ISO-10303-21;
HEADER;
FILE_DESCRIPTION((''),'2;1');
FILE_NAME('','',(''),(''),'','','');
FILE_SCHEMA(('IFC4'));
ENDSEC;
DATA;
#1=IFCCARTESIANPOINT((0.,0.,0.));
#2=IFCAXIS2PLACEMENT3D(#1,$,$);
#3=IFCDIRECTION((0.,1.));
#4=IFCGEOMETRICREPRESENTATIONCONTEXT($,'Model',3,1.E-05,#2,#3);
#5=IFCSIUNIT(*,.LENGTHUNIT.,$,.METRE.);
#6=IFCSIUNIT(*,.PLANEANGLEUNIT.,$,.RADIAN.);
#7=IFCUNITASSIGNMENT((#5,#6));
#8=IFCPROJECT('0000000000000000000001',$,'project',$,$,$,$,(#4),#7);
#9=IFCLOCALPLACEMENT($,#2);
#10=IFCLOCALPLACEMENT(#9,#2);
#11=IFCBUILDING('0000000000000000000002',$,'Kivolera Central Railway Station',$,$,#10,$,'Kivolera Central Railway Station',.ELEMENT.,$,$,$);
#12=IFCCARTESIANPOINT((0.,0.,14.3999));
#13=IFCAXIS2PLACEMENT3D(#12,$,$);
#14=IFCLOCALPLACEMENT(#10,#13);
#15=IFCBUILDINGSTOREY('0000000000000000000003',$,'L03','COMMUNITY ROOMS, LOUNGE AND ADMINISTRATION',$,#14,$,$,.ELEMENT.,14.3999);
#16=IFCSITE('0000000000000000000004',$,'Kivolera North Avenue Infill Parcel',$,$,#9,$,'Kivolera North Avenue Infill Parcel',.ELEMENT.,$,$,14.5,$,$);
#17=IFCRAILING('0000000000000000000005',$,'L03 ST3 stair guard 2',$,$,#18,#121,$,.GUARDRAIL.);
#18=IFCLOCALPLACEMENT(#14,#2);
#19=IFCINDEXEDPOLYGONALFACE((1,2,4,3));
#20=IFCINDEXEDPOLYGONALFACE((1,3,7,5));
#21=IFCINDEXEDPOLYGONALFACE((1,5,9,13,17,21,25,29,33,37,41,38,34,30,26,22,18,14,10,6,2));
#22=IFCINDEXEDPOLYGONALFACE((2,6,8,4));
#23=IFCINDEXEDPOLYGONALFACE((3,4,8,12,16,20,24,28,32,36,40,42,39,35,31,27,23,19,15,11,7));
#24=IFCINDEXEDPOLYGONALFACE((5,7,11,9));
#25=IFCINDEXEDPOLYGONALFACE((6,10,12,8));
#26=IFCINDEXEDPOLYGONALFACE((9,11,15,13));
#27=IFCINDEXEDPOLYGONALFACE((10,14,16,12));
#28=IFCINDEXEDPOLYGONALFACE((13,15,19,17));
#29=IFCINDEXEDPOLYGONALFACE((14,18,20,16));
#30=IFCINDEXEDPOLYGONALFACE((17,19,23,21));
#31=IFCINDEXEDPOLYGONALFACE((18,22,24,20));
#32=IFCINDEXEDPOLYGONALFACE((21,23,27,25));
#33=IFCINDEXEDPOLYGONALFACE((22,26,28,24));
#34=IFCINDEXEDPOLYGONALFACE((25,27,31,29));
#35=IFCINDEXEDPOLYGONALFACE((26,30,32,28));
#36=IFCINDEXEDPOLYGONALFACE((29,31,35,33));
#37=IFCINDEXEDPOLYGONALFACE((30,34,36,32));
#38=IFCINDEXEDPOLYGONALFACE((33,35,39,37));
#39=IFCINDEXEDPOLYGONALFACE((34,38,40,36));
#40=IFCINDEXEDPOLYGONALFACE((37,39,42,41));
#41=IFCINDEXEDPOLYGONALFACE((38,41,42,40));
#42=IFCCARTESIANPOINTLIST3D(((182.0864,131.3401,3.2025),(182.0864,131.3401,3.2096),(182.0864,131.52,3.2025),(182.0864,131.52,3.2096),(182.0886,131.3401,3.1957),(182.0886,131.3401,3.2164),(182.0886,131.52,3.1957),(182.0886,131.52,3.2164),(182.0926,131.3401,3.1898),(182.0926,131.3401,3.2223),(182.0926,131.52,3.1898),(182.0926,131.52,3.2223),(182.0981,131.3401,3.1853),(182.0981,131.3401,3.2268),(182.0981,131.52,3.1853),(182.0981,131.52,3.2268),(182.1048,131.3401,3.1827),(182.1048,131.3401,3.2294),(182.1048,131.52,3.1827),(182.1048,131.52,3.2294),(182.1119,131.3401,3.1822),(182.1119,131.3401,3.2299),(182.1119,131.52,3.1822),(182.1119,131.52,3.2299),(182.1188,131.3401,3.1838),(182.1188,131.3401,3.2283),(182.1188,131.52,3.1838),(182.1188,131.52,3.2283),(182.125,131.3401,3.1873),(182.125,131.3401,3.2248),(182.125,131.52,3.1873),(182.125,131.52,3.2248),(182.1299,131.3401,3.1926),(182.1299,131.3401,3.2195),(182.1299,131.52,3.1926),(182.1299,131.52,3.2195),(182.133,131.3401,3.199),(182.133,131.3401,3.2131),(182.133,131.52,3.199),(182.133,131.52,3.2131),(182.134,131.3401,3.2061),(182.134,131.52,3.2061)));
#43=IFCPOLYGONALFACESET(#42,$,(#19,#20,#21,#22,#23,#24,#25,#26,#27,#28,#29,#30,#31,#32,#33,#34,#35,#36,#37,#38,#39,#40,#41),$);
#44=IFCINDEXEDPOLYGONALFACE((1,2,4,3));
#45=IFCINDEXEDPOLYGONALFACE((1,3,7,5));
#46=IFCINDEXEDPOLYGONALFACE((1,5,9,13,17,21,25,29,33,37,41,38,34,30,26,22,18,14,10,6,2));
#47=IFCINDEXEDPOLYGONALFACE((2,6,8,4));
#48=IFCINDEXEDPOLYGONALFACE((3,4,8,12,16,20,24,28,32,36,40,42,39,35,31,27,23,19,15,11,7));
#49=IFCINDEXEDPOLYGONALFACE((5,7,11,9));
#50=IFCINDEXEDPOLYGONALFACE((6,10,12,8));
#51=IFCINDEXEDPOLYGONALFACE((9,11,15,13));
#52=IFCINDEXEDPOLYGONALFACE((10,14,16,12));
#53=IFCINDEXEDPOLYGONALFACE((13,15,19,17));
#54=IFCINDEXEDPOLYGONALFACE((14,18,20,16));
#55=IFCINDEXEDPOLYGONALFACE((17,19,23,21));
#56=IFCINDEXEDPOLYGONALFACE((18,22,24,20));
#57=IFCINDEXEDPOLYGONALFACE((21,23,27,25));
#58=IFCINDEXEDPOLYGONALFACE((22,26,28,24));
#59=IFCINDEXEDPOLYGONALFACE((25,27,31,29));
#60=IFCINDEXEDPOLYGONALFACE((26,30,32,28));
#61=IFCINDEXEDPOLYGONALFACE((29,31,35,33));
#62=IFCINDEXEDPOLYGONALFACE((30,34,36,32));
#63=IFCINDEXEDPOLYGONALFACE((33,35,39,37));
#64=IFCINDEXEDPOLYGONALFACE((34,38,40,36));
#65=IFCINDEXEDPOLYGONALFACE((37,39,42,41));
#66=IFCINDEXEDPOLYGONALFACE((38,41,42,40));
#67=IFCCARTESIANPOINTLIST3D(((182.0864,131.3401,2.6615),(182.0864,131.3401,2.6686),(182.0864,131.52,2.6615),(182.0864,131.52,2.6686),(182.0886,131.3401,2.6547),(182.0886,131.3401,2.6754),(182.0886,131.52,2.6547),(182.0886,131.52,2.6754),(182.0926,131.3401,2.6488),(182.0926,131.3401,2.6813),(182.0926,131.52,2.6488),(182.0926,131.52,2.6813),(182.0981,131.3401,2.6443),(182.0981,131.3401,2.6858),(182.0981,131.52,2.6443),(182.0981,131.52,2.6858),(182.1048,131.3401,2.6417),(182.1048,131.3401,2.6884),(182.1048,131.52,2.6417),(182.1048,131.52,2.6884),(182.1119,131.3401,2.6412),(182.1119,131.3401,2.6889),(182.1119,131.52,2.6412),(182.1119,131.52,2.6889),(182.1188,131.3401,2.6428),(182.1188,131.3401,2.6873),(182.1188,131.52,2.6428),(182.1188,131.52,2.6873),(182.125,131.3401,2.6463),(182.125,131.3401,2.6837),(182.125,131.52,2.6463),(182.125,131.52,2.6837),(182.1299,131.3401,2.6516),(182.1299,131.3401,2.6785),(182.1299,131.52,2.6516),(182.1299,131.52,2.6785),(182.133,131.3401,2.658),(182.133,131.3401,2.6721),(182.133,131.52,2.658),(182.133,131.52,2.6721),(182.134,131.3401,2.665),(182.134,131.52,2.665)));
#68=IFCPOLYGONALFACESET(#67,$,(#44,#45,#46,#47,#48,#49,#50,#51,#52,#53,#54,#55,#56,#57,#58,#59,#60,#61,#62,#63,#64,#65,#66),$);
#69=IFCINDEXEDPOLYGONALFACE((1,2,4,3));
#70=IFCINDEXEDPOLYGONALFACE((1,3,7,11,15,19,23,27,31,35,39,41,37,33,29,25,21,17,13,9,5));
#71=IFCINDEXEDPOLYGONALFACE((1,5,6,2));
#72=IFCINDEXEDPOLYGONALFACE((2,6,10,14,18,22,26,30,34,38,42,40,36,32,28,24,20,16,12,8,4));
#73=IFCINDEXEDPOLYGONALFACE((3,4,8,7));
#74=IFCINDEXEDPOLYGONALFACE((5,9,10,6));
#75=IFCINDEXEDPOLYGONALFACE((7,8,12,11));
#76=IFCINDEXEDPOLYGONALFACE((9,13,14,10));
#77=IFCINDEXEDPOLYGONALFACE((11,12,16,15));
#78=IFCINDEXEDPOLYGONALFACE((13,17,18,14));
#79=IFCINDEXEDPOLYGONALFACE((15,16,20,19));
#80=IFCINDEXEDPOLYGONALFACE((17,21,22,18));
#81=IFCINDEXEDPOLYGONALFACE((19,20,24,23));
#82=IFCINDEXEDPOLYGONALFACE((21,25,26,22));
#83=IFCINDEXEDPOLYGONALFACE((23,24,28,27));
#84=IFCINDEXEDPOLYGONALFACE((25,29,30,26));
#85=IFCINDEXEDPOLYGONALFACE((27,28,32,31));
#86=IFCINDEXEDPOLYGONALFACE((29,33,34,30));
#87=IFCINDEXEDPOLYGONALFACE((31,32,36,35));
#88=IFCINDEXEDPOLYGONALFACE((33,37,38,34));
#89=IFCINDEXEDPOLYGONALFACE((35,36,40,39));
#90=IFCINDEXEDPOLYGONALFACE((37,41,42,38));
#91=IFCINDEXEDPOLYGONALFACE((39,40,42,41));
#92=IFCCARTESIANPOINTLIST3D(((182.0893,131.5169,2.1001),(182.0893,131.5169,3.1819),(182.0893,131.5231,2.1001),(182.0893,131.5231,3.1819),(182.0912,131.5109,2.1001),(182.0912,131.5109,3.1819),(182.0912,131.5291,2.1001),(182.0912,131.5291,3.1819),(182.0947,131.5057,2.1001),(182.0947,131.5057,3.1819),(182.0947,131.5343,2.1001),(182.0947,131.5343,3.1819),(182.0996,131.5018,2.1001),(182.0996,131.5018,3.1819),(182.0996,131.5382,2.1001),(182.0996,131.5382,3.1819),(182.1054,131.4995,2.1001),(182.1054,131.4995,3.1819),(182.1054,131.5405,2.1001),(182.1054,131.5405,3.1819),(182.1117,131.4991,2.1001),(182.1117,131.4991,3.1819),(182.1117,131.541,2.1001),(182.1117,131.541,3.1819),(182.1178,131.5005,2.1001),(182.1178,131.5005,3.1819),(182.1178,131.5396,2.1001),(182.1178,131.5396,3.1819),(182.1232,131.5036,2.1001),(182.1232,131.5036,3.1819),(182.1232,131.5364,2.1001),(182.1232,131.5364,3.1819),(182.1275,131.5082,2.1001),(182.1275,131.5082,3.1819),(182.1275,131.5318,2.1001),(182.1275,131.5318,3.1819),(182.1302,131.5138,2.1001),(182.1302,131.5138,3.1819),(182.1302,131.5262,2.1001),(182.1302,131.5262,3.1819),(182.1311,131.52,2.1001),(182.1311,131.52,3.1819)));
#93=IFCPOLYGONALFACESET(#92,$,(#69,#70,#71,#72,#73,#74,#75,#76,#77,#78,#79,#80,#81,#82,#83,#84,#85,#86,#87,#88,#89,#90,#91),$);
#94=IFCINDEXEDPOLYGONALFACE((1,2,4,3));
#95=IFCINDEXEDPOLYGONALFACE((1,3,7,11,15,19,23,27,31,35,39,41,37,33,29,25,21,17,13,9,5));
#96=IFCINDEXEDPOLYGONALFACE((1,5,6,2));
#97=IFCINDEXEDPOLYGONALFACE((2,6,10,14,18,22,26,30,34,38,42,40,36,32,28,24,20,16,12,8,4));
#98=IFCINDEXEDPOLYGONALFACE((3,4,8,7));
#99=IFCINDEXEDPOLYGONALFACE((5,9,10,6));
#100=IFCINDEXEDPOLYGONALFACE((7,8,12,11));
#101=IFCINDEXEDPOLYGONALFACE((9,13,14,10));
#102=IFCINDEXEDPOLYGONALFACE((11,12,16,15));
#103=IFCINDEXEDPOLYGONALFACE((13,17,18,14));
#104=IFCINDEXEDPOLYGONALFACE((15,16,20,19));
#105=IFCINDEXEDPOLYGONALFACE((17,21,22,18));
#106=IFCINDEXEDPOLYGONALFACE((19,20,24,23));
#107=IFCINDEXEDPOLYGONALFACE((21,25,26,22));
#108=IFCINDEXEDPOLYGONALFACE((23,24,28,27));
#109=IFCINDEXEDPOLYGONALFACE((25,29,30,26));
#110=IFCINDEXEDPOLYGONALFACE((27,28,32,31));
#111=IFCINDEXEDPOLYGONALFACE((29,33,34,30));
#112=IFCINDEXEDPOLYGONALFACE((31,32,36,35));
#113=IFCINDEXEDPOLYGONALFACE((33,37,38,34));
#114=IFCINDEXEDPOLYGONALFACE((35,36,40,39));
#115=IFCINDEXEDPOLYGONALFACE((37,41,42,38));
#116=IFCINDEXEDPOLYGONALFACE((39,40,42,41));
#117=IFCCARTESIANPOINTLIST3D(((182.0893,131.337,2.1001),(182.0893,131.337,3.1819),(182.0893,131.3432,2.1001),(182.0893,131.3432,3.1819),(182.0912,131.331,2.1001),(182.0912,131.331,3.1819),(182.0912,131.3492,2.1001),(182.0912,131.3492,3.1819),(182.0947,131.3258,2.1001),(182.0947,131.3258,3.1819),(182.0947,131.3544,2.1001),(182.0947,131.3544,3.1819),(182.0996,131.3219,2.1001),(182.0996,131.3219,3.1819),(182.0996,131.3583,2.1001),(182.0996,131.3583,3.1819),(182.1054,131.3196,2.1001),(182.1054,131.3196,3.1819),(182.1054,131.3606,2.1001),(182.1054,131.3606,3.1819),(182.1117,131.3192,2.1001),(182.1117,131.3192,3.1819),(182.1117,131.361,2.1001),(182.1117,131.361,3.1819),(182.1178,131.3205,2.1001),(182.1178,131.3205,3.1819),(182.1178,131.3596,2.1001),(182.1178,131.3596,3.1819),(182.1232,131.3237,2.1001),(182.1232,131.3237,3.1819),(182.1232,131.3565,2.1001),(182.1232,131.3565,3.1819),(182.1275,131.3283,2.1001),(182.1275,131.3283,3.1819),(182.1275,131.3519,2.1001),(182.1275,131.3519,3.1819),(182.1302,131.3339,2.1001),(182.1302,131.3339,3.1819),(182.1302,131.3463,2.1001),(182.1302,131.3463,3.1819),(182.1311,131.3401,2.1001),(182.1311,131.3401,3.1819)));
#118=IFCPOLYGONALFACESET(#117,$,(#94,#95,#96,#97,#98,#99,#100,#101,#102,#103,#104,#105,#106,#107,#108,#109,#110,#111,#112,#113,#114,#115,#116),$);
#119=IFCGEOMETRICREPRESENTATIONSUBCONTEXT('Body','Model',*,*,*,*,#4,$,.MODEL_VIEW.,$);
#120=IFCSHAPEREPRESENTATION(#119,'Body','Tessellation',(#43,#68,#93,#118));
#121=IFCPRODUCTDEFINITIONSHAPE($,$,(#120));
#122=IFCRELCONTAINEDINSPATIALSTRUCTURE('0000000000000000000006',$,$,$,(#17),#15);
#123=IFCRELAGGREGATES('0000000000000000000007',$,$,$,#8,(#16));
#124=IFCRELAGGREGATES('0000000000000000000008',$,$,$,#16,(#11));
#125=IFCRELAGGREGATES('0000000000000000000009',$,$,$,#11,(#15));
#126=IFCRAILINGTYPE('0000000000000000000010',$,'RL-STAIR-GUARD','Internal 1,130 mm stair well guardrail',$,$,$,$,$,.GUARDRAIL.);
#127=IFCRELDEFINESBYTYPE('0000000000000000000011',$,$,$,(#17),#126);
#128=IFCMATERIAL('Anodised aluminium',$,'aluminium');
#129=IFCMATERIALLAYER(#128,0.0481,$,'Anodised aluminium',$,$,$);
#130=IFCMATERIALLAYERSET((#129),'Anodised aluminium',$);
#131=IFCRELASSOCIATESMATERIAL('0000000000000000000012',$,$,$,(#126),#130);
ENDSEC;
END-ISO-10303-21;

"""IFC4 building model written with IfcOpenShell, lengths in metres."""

from ifc_helpers import new_model, si_unit, direction, frame, origin, origin_2d, place, context, subcontext, project, spatial, circle, extrude, material, layer, layer_set, type_object, element, save


model = new_model("IFC4")

# Units and contexts
model_context = context("Model", 3, precision=1e-05, world=origin(), true_north=direction((0.0, 1.0)))
body_context = subcontext(model_context, "Body", "Model", "MODEL_VIEW")
ifc_project = project(units=[si_unit("LENGTHUNIT", "METRE"), si_unit("PLANEANGLEUNIT", "RADIAN")], contexts=[model_context])

# Site, building, storey
site_placement = place(None, origin())
site = spatial("IfcSite", under=ifc_project, at=site_placement, Name="Kivolera North Avenue Infill Parcel", LongName="Kivolera North Avenue Infill Parcel", CompositionType="ELEMENT", RefElevation=14.5)
building_placement = place(site_placement, origin())
building = spatial("IfcBuilding", under=site, at=building_placement, Name="Kivolera Central Railway Station", LongName="Kivolera Central Railway Station", CompositionType="ELEMENT")
storey_placement = place(building_placement, frame((0.0, 0.0, 14.3999)))
storey = spatial("IfcBuildingStorey", under=building, at=storey_placement, Name="L03", Description="COMMUNITY ROOMS, LOUNGE AND ADMINISTRATION", CompositionType="ELEMENT", Elevation=14.3999)

# Railing
ifc_material_1 = material(Name="Anodised aluminium", Category="aluminium")
ifc_layer_1 = layer(ifc_material_1, 0.0481, Name="Anodised aluminium")
ifc_layer_set_1 = layer_set([ifc_layer_1], Name="Anodised aluminium")
railing_type_1 = type_object("IfcRailingType", Name="RL-STAIR-GUARD", Description="Internal 1,130 mm stair well guardrail", PredefinedType="GUARDRAIL", material=ifc_layer_set_1)
railing_1_placement = place(storey_placement, frame((182.1101, 131.52, 2.1001)))
element("IfcRailing", 1, at=railing_1_placement, inside=storey, type_object=railing_type_1, Name="L03 ST3 stair guard 2", PredefinedType="GUARDRAIL", context=body_context, shape_type="SweptSolid", body=[
    extrude(circle(Radius=0.0239, at=origin_2d()), frame((0.0, 0.0, 1.106), z_axis=(0.0, -1.0, 0.0), x_axis=(1.0, 0.0, 0.0)), (0.0, 0.0, 1.0), 0.1799),
    extrude(circle(Radius=0.0239, at=origin_2d()), frame((0.0, 0.0, 0.5649), z_axis=(0.0, -1.0, 0.0), x_axis=(1.0, 0.0, 0.0)), (0.0, 0.0, 1.0), 0.1799),
    extrude(circle(Radius=0.021, at=origin_2d()), origin(), (0.0, 0.0, 1.0), 1.0818),
    extrude(circle(Radius=0.021, at=origin_2d()), frame((0.0, -0.1799, 0.0)), (0.0, 0.0, 1.0), 1.0818),
])

save(model, "model.ifc")
